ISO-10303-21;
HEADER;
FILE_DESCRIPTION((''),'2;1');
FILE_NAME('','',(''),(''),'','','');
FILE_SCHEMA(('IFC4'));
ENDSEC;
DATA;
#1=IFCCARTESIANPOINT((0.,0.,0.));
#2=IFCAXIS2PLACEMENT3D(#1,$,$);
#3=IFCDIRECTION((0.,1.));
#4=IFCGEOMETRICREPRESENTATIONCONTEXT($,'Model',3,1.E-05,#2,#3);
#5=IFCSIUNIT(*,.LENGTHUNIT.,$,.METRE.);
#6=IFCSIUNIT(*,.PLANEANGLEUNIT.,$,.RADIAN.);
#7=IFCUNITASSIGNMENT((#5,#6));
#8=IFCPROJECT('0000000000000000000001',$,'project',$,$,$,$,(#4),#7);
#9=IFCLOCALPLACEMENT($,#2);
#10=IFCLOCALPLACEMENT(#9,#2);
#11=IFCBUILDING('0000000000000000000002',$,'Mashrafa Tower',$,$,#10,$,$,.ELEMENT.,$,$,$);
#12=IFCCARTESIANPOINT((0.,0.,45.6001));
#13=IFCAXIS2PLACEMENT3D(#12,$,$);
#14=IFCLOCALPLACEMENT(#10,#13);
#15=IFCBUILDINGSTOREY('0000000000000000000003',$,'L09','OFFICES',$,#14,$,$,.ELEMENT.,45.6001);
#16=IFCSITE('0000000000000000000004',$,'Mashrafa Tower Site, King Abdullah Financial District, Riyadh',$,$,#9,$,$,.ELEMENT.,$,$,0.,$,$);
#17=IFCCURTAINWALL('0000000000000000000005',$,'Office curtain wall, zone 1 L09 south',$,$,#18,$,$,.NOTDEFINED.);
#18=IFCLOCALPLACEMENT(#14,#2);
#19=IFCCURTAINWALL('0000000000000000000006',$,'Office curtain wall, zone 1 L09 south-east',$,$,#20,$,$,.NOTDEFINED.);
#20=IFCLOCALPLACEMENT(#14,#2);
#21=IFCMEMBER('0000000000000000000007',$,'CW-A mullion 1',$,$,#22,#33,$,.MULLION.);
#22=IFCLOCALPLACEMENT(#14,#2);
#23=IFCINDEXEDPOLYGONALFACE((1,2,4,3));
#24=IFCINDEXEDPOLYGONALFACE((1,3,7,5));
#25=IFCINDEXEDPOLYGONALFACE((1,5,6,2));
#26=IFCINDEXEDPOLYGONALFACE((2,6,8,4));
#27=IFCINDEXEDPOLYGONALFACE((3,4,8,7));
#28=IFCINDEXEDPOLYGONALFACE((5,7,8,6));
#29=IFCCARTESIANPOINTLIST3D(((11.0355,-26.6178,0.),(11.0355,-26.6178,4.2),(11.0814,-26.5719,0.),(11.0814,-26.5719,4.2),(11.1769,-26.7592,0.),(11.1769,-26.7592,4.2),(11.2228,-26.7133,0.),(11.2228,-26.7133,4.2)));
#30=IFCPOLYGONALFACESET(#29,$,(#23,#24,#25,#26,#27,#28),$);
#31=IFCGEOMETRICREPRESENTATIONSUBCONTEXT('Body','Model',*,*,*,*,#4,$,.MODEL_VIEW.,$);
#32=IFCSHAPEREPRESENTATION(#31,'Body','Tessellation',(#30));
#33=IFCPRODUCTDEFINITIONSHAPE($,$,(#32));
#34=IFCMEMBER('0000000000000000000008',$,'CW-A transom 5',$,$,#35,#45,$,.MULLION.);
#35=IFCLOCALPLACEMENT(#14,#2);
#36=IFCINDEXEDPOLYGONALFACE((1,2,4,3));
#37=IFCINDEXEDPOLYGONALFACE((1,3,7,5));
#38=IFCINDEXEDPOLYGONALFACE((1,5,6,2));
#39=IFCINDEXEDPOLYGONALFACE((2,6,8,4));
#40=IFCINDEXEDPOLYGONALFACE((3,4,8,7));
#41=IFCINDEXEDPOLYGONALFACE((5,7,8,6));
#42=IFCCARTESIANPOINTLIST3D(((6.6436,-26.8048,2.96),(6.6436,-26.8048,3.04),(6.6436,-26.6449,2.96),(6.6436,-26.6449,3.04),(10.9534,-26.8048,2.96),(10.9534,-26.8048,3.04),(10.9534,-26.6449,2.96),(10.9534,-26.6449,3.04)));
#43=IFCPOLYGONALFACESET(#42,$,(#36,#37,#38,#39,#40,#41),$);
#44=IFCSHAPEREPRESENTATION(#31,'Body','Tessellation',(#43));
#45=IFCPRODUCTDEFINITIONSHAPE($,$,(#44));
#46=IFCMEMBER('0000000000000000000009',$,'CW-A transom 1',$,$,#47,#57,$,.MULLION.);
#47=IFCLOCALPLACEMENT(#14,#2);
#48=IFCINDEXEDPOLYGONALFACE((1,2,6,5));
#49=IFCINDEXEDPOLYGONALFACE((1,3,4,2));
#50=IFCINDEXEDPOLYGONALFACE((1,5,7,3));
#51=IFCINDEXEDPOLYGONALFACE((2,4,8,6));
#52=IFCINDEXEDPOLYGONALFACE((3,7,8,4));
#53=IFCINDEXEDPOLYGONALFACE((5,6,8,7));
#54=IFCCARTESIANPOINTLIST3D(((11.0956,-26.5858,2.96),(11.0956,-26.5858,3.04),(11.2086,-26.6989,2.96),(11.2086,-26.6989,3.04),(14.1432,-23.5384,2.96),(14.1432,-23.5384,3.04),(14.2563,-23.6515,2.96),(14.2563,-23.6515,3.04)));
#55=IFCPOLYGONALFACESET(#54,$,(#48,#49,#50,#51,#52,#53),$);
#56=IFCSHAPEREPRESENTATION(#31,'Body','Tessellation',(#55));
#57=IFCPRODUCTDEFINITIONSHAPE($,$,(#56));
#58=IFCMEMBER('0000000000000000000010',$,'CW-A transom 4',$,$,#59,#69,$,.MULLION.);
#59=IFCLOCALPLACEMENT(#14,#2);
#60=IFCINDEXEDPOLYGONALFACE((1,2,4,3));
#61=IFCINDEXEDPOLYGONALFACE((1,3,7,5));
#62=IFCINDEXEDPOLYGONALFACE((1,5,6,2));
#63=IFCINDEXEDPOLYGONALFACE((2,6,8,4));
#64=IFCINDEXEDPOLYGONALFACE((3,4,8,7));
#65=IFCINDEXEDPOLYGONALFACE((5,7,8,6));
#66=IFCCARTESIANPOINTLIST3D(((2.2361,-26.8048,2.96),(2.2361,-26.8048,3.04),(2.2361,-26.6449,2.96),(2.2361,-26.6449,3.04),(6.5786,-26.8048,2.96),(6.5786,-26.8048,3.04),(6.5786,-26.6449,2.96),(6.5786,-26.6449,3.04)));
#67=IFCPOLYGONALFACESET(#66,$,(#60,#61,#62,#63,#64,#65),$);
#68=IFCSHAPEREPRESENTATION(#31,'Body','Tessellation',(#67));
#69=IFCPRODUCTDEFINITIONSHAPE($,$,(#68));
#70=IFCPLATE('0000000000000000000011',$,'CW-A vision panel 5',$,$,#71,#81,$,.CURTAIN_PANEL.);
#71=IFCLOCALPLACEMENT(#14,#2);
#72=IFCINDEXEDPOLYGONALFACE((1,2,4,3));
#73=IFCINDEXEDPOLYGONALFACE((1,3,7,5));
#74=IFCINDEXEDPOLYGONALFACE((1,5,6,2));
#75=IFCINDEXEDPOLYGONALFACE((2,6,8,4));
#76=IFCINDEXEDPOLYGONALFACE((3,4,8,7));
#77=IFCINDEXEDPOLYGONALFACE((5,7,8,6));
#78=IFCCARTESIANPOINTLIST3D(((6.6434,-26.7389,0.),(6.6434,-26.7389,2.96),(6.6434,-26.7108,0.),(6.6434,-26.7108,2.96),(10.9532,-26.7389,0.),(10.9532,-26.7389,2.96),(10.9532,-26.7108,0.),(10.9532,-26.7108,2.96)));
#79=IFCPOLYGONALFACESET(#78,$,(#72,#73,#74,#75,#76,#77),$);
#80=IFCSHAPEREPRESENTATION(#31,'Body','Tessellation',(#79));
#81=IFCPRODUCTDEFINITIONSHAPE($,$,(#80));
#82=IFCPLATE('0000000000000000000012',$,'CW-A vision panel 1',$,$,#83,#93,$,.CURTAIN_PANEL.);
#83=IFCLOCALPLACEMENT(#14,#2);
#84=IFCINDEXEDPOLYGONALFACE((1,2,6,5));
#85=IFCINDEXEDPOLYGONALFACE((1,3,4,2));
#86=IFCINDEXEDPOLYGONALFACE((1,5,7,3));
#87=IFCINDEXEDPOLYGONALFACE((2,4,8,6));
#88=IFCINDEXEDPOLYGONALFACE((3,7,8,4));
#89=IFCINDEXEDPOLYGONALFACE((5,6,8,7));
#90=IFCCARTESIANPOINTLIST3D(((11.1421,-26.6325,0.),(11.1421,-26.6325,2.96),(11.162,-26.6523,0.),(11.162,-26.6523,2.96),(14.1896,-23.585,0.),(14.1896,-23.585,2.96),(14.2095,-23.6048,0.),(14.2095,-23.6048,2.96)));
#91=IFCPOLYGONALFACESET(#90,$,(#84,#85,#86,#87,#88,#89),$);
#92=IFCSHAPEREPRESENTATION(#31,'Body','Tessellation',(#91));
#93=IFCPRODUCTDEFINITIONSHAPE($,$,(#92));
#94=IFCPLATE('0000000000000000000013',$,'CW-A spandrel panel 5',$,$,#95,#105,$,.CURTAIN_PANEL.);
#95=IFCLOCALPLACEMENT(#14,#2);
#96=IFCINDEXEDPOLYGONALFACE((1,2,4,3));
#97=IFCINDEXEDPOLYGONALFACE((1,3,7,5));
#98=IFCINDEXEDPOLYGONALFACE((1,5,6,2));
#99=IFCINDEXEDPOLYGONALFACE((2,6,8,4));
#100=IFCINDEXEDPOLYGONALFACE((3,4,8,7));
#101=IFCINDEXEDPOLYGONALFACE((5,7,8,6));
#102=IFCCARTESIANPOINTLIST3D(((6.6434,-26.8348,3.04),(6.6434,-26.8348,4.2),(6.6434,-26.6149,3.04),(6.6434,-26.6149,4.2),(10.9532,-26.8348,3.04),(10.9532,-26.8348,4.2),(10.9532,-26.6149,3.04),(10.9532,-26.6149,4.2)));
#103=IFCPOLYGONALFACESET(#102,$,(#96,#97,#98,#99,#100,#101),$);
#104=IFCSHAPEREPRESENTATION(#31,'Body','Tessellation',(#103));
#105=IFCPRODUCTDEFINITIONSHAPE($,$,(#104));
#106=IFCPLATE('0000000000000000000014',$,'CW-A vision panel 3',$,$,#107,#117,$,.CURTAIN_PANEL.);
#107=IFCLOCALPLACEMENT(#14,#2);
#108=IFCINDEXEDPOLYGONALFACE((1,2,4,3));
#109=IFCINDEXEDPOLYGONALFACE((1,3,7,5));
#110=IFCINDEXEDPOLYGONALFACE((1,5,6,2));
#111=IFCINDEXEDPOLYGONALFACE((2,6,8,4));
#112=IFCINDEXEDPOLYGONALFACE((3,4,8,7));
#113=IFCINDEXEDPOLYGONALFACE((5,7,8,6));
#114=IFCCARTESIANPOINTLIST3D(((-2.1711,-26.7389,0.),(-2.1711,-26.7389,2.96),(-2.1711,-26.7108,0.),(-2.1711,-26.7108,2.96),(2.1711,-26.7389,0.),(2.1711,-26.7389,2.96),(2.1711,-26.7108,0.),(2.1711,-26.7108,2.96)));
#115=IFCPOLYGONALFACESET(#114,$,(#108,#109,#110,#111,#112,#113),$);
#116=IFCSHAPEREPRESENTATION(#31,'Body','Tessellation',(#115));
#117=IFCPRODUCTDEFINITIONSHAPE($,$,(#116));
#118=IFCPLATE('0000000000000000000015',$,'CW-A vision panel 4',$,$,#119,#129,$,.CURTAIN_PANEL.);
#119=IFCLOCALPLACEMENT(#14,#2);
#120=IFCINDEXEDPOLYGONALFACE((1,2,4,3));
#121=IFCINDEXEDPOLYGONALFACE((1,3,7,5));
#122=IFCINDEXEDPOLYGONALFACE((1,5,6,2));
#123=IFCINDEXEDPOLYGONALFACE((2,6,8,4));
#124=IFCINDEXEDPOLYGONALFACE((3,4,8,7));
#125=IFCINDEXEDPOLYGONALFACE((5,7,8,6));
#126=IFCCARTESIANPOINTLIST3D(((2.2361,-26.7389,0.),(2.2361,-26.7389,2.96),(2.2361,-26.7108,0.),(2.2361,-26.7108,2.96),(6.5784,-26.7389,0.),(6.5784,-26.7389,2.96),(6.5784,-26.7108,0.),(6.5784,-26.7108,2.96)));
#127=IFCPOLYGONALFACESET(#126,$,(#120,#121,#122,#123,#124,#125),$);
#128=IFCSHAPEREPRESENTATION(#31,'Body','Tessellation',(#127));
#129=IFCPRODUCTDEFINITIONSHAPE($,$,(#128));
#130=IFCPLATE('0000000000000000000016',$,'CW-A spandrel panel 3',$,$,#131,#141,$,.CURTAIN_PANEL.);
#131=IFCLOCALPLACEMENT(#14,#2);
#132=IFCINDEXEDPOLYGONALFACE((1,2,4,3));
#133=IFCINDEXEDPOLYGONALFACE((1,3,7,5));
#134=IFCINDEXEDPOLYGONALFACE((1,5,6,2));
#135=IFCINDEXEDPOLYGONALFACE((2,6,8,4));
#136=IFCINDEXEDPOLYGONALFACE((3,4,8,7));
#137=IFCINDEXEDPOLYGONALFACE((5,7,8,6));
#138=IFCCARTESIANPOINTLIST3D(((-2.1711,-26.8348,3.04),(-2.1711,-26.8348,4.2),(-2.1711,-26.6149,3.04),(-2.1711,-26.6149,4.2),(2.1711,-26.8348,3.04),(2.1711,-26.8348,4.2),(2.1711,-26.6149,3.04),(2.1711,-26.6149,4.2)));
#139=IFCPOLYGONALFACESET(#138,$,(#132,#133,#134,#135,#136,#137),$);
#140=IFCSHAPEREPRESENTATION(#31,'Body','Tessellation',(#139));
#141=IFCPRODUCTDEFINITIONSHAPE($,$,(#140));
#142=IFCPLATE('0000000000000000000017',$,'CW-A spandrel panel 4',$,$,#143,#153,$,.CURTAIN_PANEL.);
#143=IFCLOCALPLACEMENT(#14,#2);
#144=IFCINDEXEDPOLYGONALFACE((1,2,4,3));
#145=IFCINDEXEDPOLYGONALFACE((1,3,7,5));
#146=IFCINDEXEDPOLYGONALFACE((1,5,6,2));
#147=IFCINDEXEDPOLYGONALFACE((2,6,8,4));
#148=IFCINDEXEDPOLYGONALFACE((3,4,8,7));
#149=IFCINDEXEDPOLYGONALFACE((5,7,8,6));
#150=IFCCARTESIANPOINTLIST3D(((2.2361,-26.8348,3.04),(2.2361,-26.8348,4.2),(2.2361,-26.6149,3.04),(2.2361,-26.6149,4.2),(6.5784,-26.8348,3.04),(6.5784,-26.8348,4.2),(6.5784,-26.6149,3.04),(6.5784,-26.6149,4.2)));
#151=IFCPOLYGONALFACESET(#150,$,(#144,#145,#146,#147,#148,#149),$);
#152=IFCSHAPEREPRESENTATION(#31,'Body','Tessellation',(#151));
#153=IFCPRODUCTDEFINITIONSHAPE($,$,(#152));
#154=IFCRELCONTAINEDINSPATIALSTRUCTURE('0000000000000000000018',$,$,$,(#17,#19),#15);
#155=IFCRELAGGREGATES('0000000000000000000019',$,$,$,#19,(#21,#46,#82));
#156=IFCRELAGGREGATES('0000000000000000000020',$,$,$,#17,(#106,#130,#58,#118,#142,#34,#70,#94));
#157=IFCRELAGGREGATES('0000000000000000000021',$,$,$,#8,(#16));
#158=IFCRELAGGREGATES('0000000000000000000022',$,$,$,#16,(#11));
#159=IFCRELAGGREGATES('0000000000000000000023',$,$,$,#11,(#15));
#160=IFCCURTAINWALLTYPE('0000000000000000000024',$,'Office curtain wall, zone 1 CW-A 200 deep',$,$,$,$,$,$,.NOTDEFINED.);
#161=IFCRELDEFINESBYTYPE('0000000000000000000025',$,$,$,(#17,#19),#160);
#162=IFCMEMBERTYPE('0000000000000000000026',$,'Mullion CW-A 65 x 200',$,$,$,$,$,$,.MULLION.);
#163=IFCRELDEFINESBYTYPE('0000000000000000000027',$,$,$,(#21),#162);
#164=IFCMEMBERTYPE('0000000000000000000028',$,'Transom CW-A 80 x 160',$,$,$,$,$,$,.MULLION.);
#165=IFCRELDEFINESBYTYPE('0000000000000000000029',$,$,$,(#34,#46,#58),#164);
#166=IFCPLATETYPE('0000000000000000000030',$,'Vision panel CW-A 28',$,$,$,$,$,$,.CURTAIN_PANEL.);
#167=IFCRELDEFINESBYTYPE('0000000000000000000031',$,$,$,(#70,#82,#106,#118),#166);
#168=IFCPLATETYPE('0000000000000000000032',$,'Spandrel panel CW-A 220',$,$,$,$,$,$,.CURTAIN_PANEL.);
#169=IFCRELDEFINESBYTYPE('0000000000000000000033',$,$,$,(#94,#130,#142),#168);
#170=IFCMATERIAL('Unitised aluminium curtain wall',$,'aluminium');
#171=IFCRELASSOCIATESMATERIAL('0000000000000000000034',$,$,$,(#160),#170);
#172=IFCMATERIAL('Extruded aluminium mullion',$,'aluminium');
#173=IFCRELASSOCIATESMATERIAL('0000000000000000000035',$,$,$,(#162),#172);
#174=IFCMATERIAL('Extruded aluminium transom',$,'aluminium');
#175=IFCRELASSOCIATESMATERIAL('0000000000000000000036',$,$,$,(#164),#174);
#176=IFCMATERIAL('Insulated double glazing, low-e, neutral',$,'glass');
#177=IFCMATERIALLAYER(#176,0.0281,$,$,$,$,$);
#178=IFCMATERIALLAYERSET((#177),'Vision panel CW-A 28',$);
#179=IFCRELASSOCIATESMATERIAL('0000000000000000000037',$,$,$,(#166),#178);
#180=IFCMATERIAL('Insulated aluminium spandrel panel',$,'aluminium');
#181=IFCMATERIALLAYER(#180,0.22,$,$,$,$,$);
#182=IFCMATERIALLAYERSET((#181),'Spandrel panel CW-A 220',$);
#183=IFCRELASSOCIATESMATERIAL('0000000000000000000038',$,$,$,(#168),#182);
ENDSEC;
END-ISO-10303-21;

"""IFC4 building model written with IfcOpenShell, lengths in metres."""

from ifc_helpers import new_model, si_unit, direction, frame, origin, origin_2d, place, context, subcontext, project, spatial, rectangle, extrude, source, transform, mapped, material, layer, layer_set, material_profile, profile_set, type_object, type_shapes, element, aggregate, save


model = new_model("IFC4")

# Units and contexts
model_context = context("Model", 3, precision=1e-05, world=origin(), true_north=direction((0.0, 1.0)))
body_context = subcontext(model_context, "Body", "Model", "MODEL_VIEW")
ifc_project = project(units=[si_unit("LENGTHUNIT", "METRE"), si_unit("PLANEANGLEUNIT", "RADIAN")], contexts=[model_context])

# Site, building, storey
site_placement = place(None, origin())
site = spatial("IfcSite", under=ifc_project, at=site_placement, Name="Mashrafa Tower Site, King Abdullah Financial District, Riyadh", CompositionType="ELEMENT", RefElevation=0.0)
building_placement = place(site_placement, origin())
building = spatial("IfcBuilding", under=site, at=building_placement, Name="Mashrafa Tower", CompositionType="ELEMENT")
storey_placement = place(building_placement, frame((0.0, 0.0, 45.6001)))
storey = spatial("IfcBuildingStorey", under=building, at=storey_placement, Name="L09", Description="OFFICES", CompositionType="ELEMENT", Elevation=45.6001)

# Curtain wall
ifc_material_1 = material(Name="Unitised aluminium curtain wall", Category="aluminium")
curtain_wall_type = type_object("IfcCurtainWallType", Name="Office curtain wall, zone 1 CW-A 200 deep", PredefinedType="NOTDEFINED", material=ifc_material_1)
curtain_wall_1_placement = place(storey_placement, origin())
curtain_wall_1 = element("IfcCurtainWall", 1, at=curtain_wall_1_placement, inside=storey, type_object=curtain_wall_type, Name="Office curtain wall, zone 1 L09 south", PredefinedType="NOTDEFINED")
ifc_material_2 = material(Name="Extruded aluminium mullion", Category="aluminium")
ifc_material_profile_1 = material_profile(ifc_material_2, rectangle(XDim=0.2, YDim=0.0649, at=origin_2d()), Name="Mullion 65x200")
ifc_profile_set_1 = profile_set([ifc_material_profile_1], Name="Extruded aluminium mullion")
member_type_1 = type_object("IfcMemberType", Name="Mullion CW-A 65 x 200", PredefinedType="MULLION", material=ifc_profile_set_1)
shared_shape_1 = source(origin(), body_context, "Body", "SweptSolid", [
    extrude(rectangle(XDim=0.2, YDim=0.0649, at=origin_2d()), origin(), (0.0, 0.0, 1.0), 4.2),
])
type_shapes(member_type_1, [shared_shape_1])

# Curtain wall, member
curtain_wall_2_placement = place(storey_placement, origin())
curtain_wall_2 = element("IfcCurtainWall", 2, at=curtain_wall_2_placement, inside=storey, type_object=curtain_wall_type, Name="Office curtain wall, zone 1 L09 south-east", PredefinedType="NOTDEFINED")
member_1_placement = place(storey_placement, frame((11.1292, -26.6655, 0.0), z_axis=(0.0, 0.0, 1.0), x_axis=(-0.707107, 0.707107, 0.0)))
member_1 = element("IfcMember", 3, at=member_1_placement, type_object=member_type_1, Name="CW-A mullion 1", PredefinedType="MULLION", context=body_context, shape_type="MappedRepresentation", body=[
    mapped(shared_shape_1, transform((0.0, 0.0, 0.0))),
])

# Members
ifc_material_3 = material(Name="Extruded aluminium transom", Category="aluminium")
ifc_material_profile_2 = material_profile(ifc_material_3, rectangle(XDim=0.1599, YDim=0.0801, at=origin_2d()), Name="Transom 80x160")
ifc_profile_set_2 = profile_set([ifc_material_profile_2], Name="Extruded aluminium transom")
member_type_2 = type_object("IfcMemberType", Name="Transom CW-A 80 x 160", PredefinedType="MULLION", material=ifc_profile_set_2)
shared_shape_2 = source(origin(), body_context, "Body", "SweptSolid", [
    extrude(rectangle(XDim=0.1599, YDim=0.0801, at=origin_2d()), origin(), (0.0, 0.0, 1.0), 4.3098),
])
member_2_placement = place(storey_placement, frame((6.6436, -26.7249, 3.0), z_axis=(1.0, 0.0, 0.0), x_axis=(0.0, 1.0, 0.0)))
member_2 = element("IfcMember", 4, at=member_2_placement, type_object=member_type_2, Name="CW-A transom 5", PredefinedType="MULLION", context=body_context, shape_type="MappedRepresentation", body=[
    mapped(shared_shape_2, transform((0.0, 0.0, 0.0))),
])
member_3_placement = place(storey_placement, frame((11.1521, -26.6423, 3.0), z_axis=(0.707135, 0.707078, 0.0), x_axis=(-0.707078, 0.707135, 0.0)))
member_3 = element("IfcMember", 5, at=member_3_placement, type_object=member_type_2, Name="CW-A transom 1", PredefinedType="MULLION", context=body_context, shape_type="MappedRepresentation", body=[
    mapped(shared_shape_2, transform((0.0, 0.0, 0.0))),
])
shared_shape_3 = source(origin(), body_context, "Body", "SweptSolid", [
    extrude(rectangle(XDim=0.1599, YDim=0.0801, at=origin_2d()), origin(), (0.0, 0.0, 1.0), 4.3425),
])
type_shapes(member_type_2, [shared_shape_2, shared_shape_3])
member_4_placement = place(storey_placement, frame((2.2361, -26.7249, 3.0), z_axis=(1.0, 0.0, 0.0), x_axis=(0.0, 1.0, 0.0)))
member_4 = element("IfcMember", 6, at=member_4_placement, type_object=member_type_2, Name="CW-A transom 4", PredefinedType="MULLION", context=body_context, shape_type="MappedRepresentation", body=[
    mapped(shared_shape_3, transform((0.0, 0.0, 0.0))),
])

# Plates
ifc_material_4 = material(Name="Insulated double glazing, low-e, neutral", Category="glass")
ifc_layer_1 = layer(ifc_material_4, 0.0281)
ifc_layer_set_1 = layer_set([ifc_layer_1], Name="Vision panel CW-A 28")
plate_type_1 = type_object("IfcPlateType", Name="Vision panel CW-A 28", PredefinedType="CURTAIN_PANEL", material=ifc_layer_set_1)
shared_shape_4 = source(origin(), body_context, "Body", "SweptSolid", [
    extrude(rectangle(XDim=4.3098, YDim=0.0281, at=origin_2d()), origin(), (0.0, 0.0, 1.0), 2.96),
])
plate_1_placement = place(storey_placement, frame((8.7983, -26.7249, 0.0), z_axis=(0.0, 0.0, 1.0), x_axis=(1.0, 0.0, 0.0)))
plate_1 = element("IfcPlate", 7, at=plate_1_placement, type_object=plate_type_1, Name="CW-A vision panel 5", PredefinedType="CURTAIN_PANEL", context=body_context, shape_type="MappedRepresentation", body=[
    mapped(shared_shape_4, transform((0.0, 0.0, 0.0))),
])
plate_2_placement = place(storey_placement, frame((12.6758, -25.1187, 0.0), z_axis=(0.0, 0.0, 1.0), x_axis=(0.707107, 0.707107, 0.0)))
plate_2 = element("IfcPlate", 8, at=plate_2_placement, type_object=plate_type_1, Name="CW-A vision panel 1", PredefinedType="CURTAIN_PANEL", context=body_context, shape_type="MappedRepresentation", body=[
    mapped(shared_shape_4, transform((0.0, 0.0, 0.0))),
])
aggregate(curtain_wall_2, [member_1, member_3, plate_2])
ifc_material_5 = material(Name="Insulated aluminium spandrel panel", Category="aluminium")
ifc_layer_2 = layer(ifc_material_5, 0.22)
ifc_layer_set_2 = layer_set([ifc_layer_2], Name="Spandrel panel CW-A 220")
plate_type_2 = type_object("IfcPlateType", Name="Spandrel panel CW-A 220", PredefinedType="CURTAIN_PANEL", material=ifc_layer_set_2)
shared_shape_5 = source(origin(), body_context, "Body", "SweptSolid", [
    extrude(rectangle(XDim=4.3098, YDim=0.22, at=origin_2d()), origin(), (0.0, 0.0, 1.0), 1.1599),
])
plate_3_placement = place(storey_placement, frame((8.7983, -26.7249, 3.04), z_axis=(0.0, 0.0, 1.0), x_axis=(1.0, 0.0, 0.0)))
plate_3 = element("IfcPlate", 9, at=plate_3_placement, type_object=plate_type_2, Name="CW-A spandrel panel 5", PredefinedType="CURTAIN_PANEL", context=body_context, shape_type="MappedRepresentation", body=[
    mapped(shared_shape_5, transform((0.0, 0.0, 0.0))),
])
shared_shape_6 = source(origin(), body_context, "Body", "SweptSolid", [
    extrude(rectangle(XDim=4.3423, YDim=0.0281, at=origin_2d()), origin(), (0.0, 0.0, 1.0), 2.96),
])
type_shapes(plate_type_1, [shared_shape_4, shared_shape_6])
plate_4_placement = place(storey_placement, frame((0.0, -26.7249, 0.0), z_axis=(0.0, 0.0, 1.0), x_axis=(1.0, 0.0, 0.0)))
plate_4 = element("IfcPlate", 10, at=plate_4_placement, type_object=plate_type_1, Name="CW-A vision panel 3", PredefinedType="CURTAIN_PANEL", context=body_context, shape_type="MappedRepresentation", body=[
    mapped(shared_shape_6, transform((0.0, 0.0, 0.0))),
])
plate_5_placement = place(storey_placement, frame((4.4072, -26.7249, 0.0), z_axis=(0.0, 0.0, 1.0), x_axis=(1.0, 0.0, 0.0)))
plate_5 = element("IfcPlate", 11, at=plate_5_placement, type_object=plate_type_1, Name="CW-A vision panel 4", PredefinedType="CURTAIN_PANEL", context=body_context, shape_type="MappedRepresentation", body=[
    mapped(shared_shape_6, transform((0.0, 0.0, 0.0))),
])
shared_shape_7 = source(origin(), body_context, "Body", "SweptSolid", [
    extrude(rectangle(XDim=4.3423, YDim=0.22, at=origin_2d()), origin(), (0.0, 0.0, 1.0), 1.1599),
])
type_shapes(plate_type_2, [shared_shape_5, shared_shape_7])
plate_6_placement = place(storey_placement, frame((0.0, -26.7249, 3.04), z_axis=(0.0, 0.0, 1.0), x_axis=(1.0, 0.0, 0.0)))
plate_6 = element("IfcPlate", 12, at=plate_6_placement, type_object=plate_type_2, Name="CW-A spandrel panel 3", PredefinedType="CURTAIN_PANEL", context=body_context, shape_type="MappedRepresentation", body=[
    mapped(shared_shape_7, transform((0.0, 0.0, 0.0))),
])
plate_7_placement = place(storey_placement, frame((4.4072, -26.7249, 3.04), z_axis=(0.0, 0.0, 1.0), x_axis=(1.0, 0.0, 0.0)))
plate_7 = element("IfcPlate", 13, at=plate_7_placement, type_object=plate_type_2, Name="CW-A spandrel panel 4", PredefinedType="CURTAIN_PANEL", context=body_context, shape_type="MappedRepresentation", body=[
    mapped(shared_shape_7, transform((0.0, 0.0, 0.0))),
])
aggregate(curtain_wall_1, [plate_4, plate_6, member_4, plate_5, plate_7, member_2, plate_1, plate_3])

save(model, "model.ifc")
